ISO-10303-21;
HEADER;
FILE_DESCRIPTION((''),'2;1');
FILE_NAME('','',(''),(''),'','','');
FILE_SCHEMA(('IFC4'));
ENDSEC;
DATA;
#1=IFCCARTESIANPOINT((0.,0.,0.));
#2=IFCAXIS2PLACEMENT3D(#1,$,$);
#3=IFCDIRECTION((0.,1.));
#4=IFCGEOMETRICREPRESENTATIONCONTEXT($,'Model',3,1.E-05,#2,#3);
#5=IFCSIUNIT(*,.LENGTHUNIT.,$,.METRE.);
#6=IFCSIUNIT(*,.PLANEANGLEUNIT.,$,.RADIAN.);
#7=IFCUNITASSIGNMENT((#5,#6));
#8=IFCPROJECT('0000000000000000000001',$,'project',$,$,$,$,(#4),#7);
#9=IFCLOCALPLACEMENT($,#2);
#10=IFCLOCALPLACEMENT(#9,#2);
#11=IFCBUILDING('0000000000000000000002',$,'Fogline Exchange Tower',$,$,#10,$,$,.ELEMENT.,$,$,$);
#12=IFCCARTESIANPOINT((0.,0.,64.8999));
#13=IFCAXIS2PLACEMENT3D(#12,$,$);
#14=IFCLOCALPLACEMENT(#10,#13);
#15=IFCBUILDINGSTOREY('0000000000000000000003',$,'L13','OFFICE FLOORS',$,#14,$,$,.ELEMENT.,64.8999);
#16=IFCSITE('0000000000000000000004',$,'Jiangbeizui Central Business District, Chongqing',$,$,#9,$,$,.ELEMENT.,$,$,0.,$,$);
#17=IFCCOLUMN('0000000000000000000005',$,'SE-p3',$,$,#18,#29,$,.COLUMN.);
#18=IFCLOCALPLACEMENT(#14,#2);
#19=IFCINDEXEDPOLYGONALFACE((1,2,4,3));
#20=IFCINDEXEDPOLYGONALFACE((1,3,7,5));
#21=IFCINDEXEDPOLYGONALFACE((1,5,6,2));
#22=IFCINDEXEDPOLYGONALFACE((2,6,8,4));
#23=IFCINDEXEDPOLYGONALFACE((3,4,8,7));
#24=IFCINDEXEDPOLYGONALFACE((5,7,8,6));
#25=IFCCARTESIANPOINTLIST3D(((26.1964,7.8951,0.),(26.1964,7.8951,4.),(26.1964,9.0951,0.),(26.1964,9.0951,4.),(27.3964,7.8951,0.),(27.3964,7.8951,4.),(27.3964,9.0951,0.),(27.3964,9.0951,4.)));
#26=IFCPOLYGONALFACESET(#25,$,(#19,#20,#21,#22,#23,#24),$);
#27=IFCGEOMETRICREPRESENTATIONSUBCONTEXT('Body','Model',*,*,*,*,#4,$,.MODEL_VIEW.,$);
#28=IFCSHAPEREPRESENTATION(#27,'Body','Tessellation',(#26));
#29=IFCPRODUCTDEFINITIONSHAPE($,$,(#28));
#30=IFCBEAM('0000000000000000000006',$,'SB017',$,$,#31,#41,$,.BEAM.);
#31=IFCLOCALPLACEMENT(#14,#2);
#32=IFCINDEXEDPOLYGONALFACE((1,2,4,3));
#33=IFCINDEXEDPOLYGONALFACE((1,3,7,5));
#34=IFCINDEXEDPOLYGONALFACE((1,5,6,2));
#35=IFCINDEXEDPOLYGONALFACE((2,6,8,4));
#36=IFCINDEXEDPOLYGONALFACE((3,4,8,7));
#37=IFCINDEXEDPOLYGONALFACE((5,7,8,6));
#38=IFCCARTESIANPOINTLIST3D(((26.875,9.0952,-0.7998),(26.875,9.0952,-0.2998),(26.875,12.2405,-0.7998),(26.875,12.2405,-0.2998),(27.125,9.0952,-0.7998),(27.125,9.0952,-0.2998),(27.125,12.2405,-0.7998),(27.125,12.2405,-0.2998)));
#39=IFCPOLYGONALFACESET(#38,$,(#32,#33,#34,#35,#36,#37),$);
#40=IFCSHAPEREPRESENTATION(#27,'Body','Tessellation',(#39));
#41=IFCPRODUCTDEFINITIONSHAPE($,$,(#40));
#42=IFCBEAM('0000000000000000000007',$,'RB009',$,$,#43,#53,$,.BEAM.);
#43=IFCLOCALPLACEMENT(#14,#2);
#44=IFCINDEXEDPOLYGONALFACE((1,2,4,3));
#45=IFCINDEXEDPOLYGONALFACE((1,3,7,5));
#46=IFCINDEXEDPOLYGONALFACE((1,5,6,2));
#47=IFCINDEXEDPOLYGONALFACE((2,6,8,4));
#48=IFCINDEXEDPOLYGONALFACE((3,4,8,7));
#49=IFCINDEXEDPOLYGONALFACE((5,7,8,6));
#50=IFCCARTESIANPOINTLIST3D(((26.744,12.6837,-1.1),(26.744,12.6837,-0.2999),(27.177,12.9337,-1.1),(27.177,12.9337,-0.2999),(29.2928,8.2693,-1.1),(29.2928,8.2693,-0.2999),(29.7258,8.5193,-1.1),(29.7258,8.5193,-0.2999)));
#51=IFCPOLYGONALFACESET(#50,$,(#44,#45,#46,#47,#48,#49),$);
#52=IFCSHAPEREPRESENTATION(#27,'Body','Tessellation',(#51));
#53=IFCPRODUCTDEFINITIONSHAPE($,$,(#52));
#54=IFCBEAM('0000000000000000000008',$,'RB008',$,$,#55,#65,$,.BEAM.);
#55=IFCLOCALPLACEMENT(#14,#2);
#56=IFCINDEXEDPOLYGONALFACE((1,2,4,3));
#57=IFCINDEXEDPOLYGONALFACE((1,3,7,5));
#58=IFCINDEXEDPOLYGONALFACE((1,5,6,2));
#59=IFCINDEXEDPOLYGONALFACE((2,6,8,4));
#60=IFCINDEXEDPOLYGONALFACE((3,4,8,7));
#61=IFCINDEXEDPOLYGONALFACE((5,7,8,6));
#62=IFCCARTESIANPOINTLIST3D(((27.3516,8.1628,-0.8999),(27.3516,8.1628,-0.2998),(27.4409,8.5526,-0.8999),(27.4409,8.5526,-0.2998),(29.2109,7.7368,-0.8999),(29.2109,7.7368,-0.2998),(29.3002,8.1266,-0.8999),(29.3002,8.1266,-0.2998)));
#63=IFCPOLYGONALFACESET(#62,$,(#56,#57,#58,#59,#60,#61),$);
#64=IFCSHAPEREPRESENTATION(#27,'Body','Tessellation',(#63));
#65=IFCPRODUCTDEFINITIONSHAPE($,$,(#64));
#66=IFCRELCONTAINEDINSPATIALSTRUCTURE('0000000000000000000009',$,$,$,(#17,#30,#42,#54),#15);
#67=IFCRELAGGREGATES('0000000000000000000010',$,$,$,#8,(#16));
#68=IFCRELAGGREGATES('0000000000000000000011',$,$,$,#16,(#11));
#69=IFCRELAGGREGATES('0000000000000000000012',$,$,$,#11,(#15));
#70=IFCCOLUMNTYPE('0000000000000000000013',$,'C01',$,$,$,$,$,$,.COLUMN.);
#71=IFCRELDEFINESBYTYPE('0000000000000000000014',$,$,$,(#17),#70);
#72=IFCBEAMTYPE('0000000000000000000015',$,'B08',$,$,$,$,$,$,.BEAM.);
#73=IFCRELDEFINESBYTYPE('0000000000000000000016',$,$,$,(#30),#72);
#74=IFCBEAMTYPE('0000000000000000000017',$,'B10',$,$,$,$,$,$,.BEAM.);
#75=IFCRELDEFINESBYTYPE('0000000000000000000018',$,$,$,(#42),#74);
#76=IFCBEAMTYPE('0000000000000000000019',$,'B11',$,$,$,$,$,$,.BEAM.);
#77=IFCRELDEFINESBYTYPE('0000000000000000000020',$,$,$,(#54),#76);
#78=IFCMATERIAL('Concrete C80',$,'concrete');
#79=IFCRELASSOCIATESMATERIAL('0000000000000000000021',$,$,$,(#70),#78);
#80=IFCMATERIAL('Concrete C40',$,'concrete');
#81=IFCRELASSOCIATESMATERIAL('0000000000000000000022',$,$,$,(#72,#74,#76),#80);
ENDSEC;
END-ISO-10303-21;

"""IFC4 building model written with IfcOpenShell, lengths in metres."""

from ifc_helpers import new_model, si_unit, direction, frame, origin, origin_2d, place, context, subcontext, project, spatial, rectangle, extrude, material, material_profile, profile_set, type_object, element, save


model = new_model("IFC4")

# Units and contexts
model_context = context("Model", 3, precision=1e-05, world=origin(), true_north=direction((0.0, 1.0)))
body_context = subcontext(model_context, "Body", "Model", "MODEL_VIEW")
ifc_project = project(units=[si_unit("LENGTHUNIT", "METRE"), si_unit("PLANEANGLEUNIT", "RADIAN")], contexts=[model_context])

# Site, building, storey
site_placement = place(None, origin())
site = spatial("IfcSite", under=ifc_project, at=site_placement, Name="Jiangbeizui Central Business District, Chongqing", CompositionType="ELEMENT", RefElevation=0.0)
building_placement = place(site_placement, origin())
building = spatial("IfcBuilding", under=site, at=building_placement, Name="Fogline Exchange Tower", CompositionType="ELEMENT")
storey_placement = place(building_placement, frame((0.0, 0.0, 64.8999)))
storey = spatial("IfcBuildingStorey", under=building, at=storey_placement, Name="L13", Description="OFFICE FLOORS", CompositionType="ELEMENT", Elevation=64.8999)

# Column
ifc_material_1 = material(Name="Concrete C80", Category="concrete")
ifc_material_profile_1 = material_profile(ifc_material_1, rectangle(XDim=1.2, YDim=1.2, at=origin_2d()), Name="RC 1200x1200")
ifc_profile_set_1 = profile_set([ifc_material_profile_1], Name="Concrete C80")
column_type = type_object("IfcColumnType", Name="C01", PredefinedType="COLUMN", material=ifc_profile_set_1)
column_placement = place(storey_placement, frame((26.7964, 8.4951, 0.0), z_axis=(0.0, 0.0, 1.0), x_axis=(1.0, 0.0, 0.0)))
element("IfcColumn", 1, at=column_placement, inside=storey, type_object=column_type, Name="SE-p3", PredefinedType="COLUMN", context=body_context, shape_type="SweptSolid", body=[
    extrude(rectangle(XDim=1.2, YDim=1.2, at=origin_2d()), origin(), (0.0, 0.0, 1.0), 4.0),
])

# Beams
ifc_material_2 = material(Name="Concrete C40", Category="concrete")
ifc_material_profile_2 = material_profile(ifc_material_2, rectangle(XDim=0.25, YDim=0.5, at=origin_2d()), Name="RC 250x500")
ifc_profile_set_2 = profile_set([ifc_material_profile_2], Name="Concrete C40")
beam_type_1 = type_object("IfcBeamType", Name="B08", PredefinedType="BEAM", material=ifc_profile_set_2)
beam_1_placement = place(storey_placement, frame((27.0, 9.0952, -0.5498), z_axis=(0.0, 1.0, 0.0), x_axis=(-1.0, 0.0, 0.0)))
element("IfcBeam", 2, at=beam_1_placement, inside=storey, type_object=beam_type_1, Name="SB017", PredefinedType="BEAM", context=body_context, shape_type="SweptSolid", body=[
    extrude(rectangle(XDim=0.25, YDim=0.5, at=origin_2d()), origin(), (0.0, 0.0, 1.0), 3.1453),
])
ifc_material_profile_3 = material_profile(ifc_material_2, rectangle(XDim=0.5, YDim=0.8, at=origin_2d()), Name="RC 500x800")
ifc_profile_set_3 = profile_set([ifc_material_profile_3], Name="Concrete C40")
beam_type_2 = type_object("IfcBeamType", Name="B10", PredefinedType="BEAM", material=ifc_profile_set_3)
beam_2_placement = place(storey_placement, frame((29.5093, 8.3943, -0.7), z_axis=(-0.500013, 0.866018, 0.0), x_axis=(-0.866018, -0.500013, 0.0)))
element("IfcBeam", 3, at=beam_2_placement, inside=storey, type_object=beam_type_2, Name="RB009", PredefinedType="BEAM", context=body_context, shape_type="SweptSolid", body=[
    extrude(rectangle(XDim=0.5, YDim=0.8, at=origin_2d()), origin(), (0.0, 0.0, 1.0), 5.0974),
])
ifc_material_profile_4 = material_profile(ifc_material_2, rectangle(XDim=0.3999, YDim=0.6001, at=origin_2d()), Name="RC 400x600")
ifc_profile_set_4 = profile_set([ifc_material_profile_4], Name="Concrete C40")
beam_type_3 = type_object("IfcBeamType", Name="B11", PredefinedType="BEAM", material=ifc_profile_set_4)
beam_3_placement = place(storey_placement, frame((27.3962, 8.3577, -0.5999), z_axis=(0.974742, -0.223336, 0.0), x_axis=(0.223336, 0.974742, 0.0)))
element("IfcBeam", 4, at=beam_3_placement, inside=storey, type_object=beam_type_3, Name="RB008", PredefinedType="BEAM", context=body_context, shape_type="SweptSolid", body=[
    extrude(rectangle(XDim=0.3999, YDim=0.6001, at=origin_2d()), origin(), (0.0, 0.0, 1.0), 1.9075),
])

save(model, "model.ifc")
